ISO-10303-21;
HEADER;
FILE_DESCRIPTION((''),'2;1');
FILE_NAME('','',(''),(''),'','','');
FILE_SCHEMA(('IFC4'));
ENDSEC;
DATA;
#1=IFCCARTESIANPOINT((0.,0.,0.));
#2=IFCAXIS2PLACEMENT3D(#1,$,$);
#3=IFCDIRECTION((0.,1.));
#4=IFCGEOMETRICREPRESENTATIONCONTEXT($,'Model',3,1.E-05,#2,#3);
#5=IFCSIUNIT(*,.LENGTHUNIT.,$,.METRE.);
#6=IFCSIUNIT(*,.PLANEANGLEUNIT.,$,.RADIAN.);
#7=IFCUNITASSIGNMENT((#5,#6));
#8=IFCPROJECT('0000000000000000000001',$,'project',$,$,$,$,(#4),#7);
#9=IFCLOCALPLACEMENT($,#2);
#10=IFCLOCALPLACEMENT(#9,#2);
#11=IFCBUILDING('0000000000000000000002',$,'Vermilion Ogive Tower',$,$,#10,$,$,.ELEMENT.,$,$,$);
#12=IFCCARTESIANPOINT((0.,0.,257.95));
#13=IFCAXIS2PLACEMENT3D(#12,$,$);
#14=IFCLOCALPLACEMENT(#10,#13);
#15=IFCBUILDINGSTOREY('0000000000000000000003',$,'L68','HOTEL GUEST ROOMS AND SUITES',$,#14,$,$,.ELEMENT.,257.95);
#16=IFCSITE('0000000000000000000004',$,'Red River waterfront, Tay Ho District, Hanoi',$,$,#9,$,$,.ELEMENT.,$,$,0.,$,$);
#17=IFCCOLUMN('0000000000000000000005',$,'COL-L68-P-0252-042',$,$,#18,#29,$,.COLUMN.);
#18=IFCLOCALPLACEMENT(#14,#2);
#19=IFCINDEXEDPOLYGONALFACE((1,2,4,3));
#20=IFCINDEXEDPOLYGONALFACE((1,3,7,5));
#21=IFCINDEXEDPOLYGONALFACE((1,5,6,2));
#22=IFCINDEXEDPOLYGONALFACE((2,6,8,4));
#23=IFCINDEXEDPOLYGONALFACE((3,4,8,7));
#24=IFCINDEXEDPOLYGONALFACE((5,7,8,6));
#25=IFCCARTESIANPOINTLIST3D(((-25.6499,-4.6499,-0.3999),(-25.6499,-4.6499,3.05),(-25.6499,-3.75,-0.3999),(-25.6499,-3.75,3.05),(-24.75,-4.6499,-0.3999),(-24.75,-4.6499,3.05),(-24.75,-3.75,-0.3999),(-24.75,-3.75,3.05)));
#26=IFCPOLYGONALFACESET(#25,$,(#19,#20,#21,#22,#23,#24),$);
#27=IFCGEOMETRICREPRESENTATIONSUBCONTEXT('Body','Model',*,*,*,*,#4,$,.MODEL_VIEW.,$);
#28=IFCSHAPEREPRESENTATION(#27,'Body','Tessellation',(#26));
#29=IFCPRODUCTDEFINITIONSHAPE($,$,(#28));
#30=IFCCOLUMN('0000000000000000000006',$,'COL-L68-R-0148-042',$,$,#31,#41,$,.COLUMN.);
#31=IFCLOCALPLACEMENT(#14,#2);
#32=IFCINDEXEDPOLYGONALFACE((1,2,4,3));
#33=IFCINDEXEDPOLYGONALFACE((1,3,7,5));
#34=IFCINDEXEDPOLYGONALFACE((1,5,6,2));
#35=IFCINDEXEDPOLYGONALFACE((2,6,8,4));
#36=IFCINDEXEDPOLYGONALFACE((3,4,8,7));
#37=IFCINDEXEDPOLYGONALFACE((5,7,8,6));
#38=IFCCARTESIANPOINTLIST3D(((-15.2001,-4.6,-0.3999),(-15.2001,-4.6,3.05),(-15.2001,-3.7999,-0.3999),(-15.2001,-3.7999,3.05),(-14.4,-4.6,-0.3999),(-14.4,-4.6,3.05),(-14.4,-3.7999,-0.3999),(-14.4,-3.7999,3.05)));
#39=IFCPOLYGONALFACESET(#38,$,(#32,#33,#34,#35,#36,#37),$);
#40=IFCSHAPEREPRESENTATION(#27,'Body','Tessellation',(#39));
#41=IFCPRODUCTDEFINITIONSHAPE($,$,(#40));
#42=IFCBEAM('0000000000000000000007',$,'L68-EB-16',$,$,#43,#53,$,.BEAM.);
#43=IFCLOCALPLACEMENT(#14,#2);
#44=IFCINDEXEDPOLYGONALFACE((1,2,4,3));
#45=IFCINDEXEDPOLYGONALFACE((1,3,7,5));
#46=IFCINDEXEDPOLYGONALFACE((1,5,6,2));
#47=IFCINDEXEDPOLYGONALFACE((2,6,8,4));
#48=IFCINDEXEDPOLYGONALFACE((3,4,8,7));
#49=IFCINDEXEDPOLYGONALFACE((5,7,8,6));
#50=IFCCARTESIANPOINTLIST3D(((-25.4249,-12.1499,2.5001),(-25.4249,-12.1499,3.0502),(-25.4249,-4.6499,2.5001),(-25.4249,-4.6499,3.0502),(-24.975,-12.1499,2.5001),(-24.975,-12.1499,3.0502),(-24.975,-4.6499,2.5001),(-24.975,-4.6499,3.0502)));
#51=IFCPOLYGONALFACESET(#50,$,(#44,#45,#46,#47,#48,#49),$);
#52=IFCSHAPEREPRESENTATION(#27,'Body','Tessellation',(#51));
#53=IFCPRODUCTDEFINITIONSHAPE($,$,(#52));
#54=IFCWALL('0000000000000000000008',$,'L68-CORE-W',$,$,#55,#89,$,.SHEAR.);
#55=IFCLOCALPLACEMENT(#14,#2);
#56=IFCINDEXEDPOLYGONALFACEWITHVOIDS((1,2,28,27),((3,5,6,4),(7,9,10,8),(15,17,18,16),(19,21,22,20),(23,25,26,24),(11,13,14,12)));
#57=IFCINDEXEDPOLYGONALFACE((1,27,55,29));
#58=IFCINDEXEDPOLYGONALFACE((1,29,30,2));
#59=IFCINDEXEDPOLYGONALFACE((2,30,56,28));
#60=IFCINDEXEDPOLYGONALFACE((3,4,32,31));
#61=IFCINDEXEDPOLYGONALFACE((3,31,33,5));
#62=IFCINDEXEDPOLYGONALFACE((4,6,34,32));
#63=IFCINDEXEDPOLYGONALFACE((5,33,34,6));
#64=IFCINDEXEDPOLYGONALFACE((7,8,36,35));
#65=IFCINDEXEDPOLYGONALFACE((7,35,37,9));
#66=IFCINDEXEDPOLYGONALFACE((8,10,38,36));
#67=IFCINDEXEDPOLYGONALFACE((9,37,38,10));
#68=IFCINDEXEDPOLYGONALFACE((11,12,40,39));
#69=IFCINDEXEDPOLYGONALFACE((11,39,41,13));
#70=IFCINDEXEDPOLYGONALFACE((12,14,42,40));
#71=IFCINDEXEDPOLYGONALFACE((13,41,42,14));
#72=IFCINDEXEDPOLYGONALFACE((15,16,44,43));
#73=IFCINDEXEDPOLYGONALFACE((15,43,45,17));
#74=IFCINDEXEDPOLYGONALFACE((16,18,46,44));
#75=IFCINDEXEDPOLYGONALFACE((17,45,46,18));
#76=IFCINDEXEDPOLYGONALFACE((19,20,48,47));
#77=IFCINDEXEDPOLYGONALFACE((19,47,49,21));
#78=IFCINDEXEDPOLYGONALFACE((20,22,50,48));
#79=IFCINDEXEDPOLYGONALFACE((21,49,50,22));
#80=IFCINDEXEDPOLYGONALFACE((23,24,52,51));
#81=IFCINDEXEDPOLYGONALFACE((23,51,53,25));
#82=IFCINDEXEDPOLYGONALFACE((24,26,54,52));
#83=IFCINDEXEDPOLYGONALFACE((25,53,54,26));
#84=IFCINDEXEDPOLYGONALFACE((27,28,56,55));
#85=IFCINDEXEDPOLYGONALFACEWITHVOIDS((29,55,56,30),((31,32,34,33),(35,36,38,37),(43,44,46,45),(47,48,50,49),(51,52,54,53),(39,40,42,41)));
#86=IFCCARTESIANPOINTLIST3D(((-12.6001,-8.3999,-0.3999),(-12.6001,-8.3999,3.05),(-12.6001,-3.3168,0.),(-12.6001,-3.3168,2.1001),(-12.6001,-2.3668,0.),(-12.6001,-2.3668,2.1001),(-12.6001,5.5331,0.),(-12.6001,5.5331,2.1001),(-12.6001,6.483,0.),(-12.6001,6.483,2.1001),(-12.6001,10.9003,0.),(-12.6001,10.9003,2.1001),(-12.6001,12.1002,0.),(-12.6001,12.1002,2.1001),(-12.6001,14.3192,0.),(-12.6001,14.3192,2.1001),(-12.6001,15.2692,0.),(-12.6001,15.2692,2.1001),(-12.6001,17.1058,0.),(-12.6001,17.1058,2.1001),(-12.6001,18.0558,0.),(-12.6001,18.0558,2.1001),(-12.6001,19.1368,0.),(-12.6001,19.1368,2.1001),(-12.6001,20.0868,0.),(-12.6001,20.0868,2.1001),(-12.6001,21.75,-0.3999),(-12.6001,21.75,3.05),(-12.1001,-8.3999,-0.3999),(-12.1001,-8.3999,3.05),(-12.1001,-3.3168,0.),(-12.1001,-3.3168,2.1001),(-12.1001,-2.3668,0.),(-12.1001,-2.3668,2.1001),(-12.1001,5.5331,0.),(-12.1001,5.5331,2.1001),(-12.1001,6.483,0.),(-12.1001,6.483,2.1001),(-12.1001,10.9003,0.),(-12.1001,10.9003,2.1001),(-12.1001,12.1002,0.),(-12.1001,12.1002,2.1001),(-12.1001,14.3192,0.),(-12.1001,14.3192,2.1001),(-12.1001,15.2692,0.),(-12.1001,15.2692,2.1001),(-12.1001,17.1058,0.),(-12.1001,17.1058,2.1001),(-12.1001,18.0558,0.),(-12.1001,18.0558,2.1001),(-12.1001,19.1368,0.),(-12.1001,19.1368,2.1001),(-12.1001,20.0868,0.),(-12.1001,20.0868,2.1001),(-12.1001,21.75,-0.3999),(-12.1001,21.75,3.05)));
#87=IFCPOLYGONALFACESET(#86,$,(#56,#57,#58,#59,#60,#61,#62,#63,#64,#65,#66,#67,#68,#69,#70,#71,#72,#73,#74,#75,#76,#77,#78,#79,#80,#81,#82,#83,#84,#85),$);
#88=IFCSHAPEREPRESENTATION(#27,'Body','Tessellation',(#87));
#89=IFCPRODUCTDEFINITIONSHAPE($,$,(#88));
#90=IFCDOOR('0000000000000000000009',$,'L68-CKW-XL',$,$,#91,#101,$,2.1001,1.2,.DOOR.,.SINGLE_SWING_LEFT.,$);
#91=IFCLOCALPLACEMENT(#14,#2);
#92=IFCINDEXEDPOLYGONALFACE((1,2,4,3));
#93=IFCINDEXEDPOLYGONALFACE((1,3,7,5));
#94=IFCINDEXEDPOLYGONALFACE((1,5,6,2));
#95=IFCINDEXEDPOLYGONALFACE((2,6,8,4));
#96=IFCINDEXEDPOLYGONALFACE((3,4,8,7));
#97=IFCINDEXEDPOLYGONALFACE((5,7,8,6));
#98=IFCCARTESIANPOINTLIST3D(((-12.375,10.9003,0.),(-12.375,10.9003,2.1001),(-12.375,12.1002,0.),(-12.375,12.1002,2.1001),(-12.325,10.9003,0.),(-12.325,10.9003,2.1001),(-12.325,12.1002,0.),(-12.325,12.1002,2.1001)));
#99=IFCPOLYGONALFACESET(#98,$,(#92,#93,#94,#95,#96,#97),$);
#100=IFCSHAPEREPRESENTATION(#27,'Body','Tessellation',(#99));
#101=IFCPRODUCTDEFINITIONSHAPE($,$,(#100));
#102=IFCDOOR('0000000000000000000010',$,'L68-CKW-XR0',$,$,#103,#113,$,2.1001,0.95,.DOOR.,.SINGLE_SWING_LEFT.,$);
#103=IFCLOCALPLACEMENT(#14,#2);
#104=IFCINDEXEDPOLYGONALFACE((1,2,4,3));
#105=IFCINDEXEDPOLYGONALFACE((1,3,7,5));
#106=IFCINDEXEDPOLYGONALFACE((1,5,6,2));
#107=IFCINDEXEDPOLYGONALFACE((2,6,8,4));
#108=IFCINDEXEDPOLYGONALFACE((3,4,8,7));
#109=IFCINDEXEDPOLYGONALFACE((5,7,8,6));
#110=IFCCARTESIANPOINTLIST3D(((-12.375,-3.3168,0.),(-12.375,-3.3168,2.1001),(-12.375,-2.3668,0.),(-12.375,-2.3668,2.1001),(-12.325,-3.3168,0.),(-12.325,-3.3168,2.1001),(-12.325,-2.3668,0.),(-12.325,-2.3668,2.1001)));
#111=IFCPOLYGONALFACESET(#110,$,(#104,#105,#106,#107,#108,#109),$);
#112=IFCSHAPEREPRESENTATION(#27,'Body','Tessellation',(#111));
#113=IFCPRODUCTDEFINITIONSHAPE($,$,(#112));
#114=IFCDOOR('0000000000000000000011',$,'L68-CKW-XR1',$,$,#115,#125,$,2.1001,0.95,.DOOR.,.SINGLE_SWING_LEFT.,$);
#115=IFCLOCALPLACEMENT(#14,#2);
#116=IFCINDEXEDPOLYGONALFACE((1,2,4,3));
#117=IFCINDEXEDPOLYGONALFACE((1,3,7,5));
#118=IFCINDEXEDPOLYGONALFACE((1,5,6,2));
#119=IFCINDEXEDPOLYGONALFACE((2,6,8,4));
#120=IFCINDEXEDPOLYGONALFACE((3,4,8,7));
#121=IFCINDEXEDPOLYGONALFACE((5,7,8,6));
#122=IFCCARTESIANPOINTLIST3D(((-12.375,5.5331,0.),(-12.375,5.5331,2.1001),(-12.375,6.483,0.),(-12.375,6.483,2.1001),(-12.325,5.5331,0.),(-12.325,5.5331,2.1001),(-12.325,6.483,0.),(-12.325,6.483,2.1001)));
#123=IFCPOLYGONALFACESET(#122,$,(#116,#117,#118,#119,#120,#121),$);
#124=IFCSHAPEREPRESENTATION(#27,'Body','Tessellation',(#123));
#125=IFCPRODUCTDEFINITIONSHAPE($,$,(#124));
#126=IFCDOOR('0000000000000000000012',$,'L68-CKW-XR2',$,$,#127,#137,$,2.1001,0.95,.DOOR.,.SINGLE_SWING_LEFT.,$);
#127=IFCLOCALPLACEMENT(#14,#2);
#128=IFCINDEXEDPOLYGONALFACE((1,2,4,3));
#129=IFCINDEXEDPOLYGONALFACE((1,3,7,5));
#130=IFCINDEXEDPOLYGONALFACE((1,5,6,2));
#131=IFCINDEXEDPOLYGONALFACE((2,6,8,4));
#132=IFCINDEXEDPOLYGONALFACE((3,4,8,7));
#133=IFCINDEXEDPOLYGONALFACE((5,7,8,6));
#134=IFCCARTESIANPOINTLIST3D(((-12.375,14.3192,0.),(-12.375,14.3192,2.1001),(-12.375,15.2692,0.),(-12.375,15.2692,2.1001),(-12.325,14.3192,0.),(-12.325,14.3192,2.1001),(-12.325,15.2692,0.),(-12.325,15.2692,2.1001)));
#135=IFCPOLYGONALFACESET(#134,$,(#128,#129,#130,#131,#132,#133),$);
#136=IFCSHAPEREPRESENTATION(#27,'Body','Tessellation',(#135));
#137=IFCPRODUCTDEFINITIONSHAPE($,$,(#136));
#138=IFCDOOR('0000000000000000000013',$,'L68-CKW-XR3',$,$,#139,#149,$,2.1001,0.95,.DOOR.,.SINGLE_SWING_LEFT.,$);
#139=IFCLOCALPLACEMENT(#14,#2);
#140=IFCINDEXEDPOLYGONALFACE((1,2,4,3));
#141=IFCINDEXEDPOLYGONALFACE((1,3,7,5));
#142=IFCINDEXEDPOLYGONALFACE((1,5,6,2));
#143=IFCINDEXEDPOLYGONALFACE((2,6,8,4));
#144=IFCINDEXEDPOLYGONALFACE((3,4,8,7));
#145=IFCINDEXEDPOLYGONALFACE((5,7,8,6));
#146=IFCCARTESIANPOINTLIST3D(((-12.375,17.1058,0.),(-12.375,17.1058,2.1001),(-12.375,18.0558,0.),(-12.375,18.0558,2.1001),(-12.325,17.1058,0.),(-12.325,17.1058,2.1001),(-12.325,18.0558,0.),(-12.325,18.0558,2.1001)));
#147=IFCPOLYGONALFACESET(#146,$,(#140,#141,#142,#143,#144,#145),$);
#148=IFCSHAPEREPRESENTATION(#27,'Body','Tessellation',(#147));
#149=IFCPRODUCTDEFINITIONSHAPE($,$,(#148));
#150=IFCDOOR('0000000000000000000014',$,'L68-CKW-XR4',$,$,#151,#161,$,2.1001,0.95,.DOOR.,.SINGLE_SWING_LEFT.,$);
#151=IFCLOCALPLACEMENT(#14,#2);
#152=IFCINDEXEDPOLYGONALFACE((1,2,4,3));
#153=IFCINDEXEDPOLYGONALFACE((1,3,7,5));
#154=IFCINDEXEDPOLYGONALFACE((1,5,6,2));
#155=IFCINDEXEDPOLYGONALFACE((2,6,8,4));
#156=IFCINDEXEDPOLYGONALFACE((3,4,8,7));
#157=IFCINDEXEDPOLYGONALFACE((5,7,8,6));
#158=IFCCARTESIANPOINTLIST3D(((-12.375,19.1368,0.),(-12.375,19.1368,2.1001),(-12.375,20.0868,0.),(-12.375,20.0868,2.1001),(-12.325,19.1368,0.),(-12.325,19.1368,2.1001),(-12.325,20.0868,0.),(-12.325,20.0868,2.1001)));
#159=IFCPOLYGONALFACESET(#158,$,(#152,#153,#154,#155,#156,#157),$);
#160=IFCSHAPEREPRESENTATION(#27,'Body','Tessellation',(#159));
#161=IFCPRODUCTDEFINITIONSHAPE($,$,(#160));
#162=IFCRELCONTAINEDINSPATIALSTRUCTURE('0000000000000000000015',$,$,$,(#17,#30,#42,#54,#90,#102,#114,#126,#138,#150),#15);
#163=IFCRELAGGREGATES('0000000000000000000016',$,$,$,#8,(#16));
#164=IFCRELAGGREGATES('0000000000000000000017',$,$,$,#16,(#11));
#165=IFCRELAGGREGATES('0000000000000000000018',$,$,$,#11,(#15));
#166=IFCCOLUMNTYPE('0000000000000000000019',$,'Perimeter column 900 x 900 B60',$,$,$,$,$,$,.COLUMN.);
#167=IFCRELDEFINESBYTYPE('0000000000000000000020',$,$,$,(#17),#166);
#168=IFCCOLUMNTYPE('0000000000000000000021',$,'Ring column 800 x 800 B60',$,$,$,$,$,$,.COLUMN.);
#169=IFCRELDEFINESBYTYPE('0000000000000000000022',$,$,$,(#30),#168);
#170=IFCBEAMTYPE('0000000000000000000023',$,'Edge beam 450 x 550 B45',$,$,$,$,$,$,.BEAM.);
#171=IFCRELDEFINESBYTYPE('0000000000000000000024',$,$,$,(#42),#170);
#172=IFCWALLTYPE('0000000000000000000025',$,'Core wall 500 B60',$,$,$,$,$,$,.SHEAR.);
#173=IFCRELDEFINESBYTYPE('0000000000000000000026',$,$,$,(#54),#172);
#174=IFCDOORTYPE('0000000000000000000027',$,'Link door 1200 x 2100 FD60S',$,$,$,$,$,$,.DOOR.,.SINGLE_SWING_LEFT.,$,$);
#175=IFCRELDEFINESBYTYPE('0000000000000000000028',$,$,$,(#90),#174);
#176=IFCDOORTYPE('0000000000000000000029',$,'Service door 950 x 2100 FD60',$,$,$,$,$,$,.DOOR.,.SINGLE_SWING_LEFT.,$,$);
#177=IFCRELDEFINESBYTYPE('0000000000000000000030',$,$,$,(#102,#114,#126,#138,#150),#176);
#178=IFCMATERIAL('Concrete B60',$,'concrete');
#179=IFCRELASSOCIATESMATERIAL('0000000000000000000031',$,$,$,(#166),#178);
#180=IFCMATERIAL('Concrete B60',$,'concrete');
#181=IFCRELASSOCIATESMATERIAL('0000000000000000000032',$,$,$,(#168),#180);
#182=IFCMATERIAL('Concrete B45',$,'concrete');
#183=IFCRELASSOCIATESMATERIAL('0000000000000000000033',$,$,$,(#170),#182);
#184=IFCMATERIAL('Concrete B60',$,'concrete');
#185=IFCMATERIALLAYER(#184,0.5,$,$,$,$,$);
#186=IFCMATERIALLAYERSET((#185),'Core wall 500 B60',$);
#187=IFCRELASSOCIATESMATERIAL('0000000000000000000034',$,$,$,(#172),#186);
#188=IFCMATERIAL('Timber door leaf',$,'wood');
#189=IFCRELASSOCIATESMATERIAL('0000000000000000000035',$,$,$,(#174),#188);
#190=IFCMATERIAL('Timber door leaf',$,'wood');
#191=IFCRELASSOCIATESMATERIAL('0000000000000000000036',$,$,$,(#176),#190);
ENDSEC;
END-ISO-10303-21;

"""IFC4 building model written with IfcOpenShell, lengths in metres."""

from ifc_helpers import new_model, si_unit, direction, frame, frame_2d, origin, origin_2d, place, context, subcontext, project, spatial, rectangle, extrude, material, layer, layer_set, material_profile, profile_set, type_object, element, fill, save


model = new_model("IFC4")

# Units and contexts
model_context = context("Model", 3, precision=1e-05, world=origin(), true_north=direction((0.0, 1.0)))
body_context = subcontext(model_context, "Body", "Model", "MODEL_VIEW")
ifc_project = project(units=[si_unit("LENGTHUNIT", "METRE"), si_unit("PLANEANGLEUNIT", "RADIAN")], contexts=[model_context])

# Site, building, storey
site_placement = place(None, origin())
site = spatial("IfcSite", under=ifc_project, at=site_placement, Name="Red River waterfront, Tay Ho District, Hanoi", CompositionType="ELEMENT", RefElevation=0.0)
building_placement = place(site_placement, origin())
building = spatial("IfcBuilding", under=site, at=building_placement, Name="Vermilion Ogive Tower", CompositionType="ELEMENT")
storey_placement = place(building_placement, frame((0.0, 0.0, 257.95)))
storey = spatial("IfcBuildingStorey", under=building, at=storey_placement, Name="L68", Description="HOTEL GUEST ROOMS AND SUITES", CompositionType="ELEMENT", Elevation=257.95)

# Columns
ifc_material_1 = material(Name="Concrete B60", Category="concrete")
ifc_material_profile_1 = material_profile(ifc_material_1, rectangle(XDim=0.8999, YDim=0.8999, at=origin_2d()), Name="900 x 900")
ifc_profile_set_1 = profile_set([ifc_material_profile_1], Name="Concrete B60")
column_type_1 = type_object("IfcColumnType", Name="Perimeter column 900 x 900 B60", PredefinedType="COLUMN", material=ifc_profile_set_1)
column_1_placement = place(storey_placement, frame((-25.2, -4.2, -0.3999), z_axis=(0.0, 0.0, 1.0), x_axis=(1.0, 0.0, 0.0)))
element("IfcColumn", 1, at=column_1_placement, inside=storey, type_object=column_type_1, Name="COL-L68-P-0252-042", PredefinedType="COLUMN", context=body_context, shape_type="SweptSolid", body=[
    extrude(rectangle(XDim=0.8999, YDim=0.8999, at=origin_2d()), origin(), (0.0, 0.0, 1.0), 3.45),
])
ifc_material_2 = material(Name="Concrete B60", Category="concrete")
ifc_material_profile_2 = material_profile(ifc_material_2, rectangle(XDim=0.8, YDim=0.8, at=origin_2d()), Name="800 x 800")
ifc_profile_set_2 = profile_set([ifc_material_profile_2], Name="Concrete B60")
column_type_2 = type_object("IfcColumnType", Name="Ring column 800 x 800 B60", PredefinedType="COLUMN", material=ifc_profile_set_2)
column_2_placement = place(storey_placement, frame((-14.8, -4.2, -0.3999), z_axis=(0.0, 0.0, 1.0), x_axis=(1.0, 0.0, 0.0)))
element("IfcColumn", 2, at=column_2_placement, inside=storey, type_object=column_type_2, Name="COL-L68-R-0148-042", PredefinedType="COLUMN", context=body_context, shape_type="SweptSolid", body=[
    extrude(rectangle(XDim=0.8, YDim=0.8, at=origin_2d()), origin(), (0.0, 0.0, 1.0), 3.45),
])

# Beam
ifc_material_3 = material(Name="Concrete B45", Category="concrete")
ifc_material_profile_3 = material_profile(ifc_material_3, rectangle(XDim=0.45, YDim=0.55, at=origin_2d()), Name="450 x 550")
ifc_profile_set_3 = profile_set([ifc_material_profile_3], Name="Concrete B45")
beam_type = type_object("IfcBeamType", Name="Edge beam 450 x 550 B45", PredefinedType="BEAM", material=ifc_profile_set_3)
beam_placement = place(storey_placement, frame((-25.2, -4.6499, 2.7751), z_axis=(0.0, -1.0, 0.0), x_axis=(1.0, 0.0, 0.0)))
element("IfcBeam", 3, at=beam_placement, inside=storey, type_object=beam_type, Name="L68-EB-16", PredefinedType="BEAM", context=body_context, shape_type="SweptSolid", body=[
    extrude(rectangle(XDim=0.45, YDim=0.55, at=origin_2d()), origin(), (0.0, 0.0, 1.0), 7.5),
])

# Wall, openings, doors
ifc_material_4 = material(Name="Concrete B60", Category="concrete")
ifc_layer_1 = layer(ifc_material_4, 0.5)
ifc_layer_set_1 = layer_set([ifc_layer_1], Name="Core wall 500 B60")
wall_type_1 = type_object("IfcWallType", Name="Core wall 500 B60", PredefinedType="SHEAR", material=ifc_layer_set_1)
wall_1_placement = place(storey_placement, frame((-12.3501, -8.3999, -0.3999), z_axis=(0.0, 0.0, 1.0), x_axis=(0.0, 1.0, 0.0)))
wall_1 = element("IfcWall", 4, at=wall_1_placement, inside=storey, type_object=wall_type_1, Name="L68-CORE-W", PredefinedType="SHEAR", context=body_context, shape_type="SweptSolid", body=[
    extrude(rectangle(XDim=30.1499, YDim=0.5, at=frame_2d((15.075, 0.0))), origin(), (0.0, 0.0, 1.0), 3.45),
])
opening_1_placement = place(wall_1_placement, frame((5.083, 0.0, 0.3999)))
opening_1 = element("IfcOpeningElement", 5, at=opening_1_placement, cuts=wall_1, PredefinedType="OPENING", context=body_context, shape_type="SweptSolid", body=[
    extrude(rectangle(XDim=0.95, YDim=2.1001, at=frame_2d((0.4751, 1.05))), frame((0.0, 0.26, 0.0), z_axis=(0.0, -1.0, 0.0), x_axis=(1.0, 0.0, 0.0)), (0.0, 0.0, 1.0), 0.52),
])
opening_2_placement = place(wall_1_placement, frame((13.9329, 0.0, 0.3999)))
opening_2 = element("IfcOpeningElement", 6, at=opening_2_placement, cuts=wall_1, PredefinedType="OPENING", context=body_context, shape_type="SweptSolid", body=[
    extrude(rectangle(XDim=0.95, YDim=2.1001, at=frame_2d((0.4751, 1.05))), frame((0.0, 0.26, 0.0), z_axis=(0.0, -1.0, 0.0), x_axis=(1.0, 0.0, 0.0)), (0.0, 0.0, 1.0), 0.52),
])
opening_3_placement = place(wall_1_placement, frame((22.719, 0.0, 0.3999)))
opening_3 = element("IfcOpeningElement", 7, at=opening_3_placement, cuts=wall_1, PredefinedType="OPENING", context=body_context, shape_type="SweptSolid", body=[
    extrude(rectangle(XDim=0.95, YDim=2.1001, at=frame_2d((0.4751, 1.05))), frame((0.0, 0.26, 0.0), z_axis=(0.0, -1.0, 0.0), x_axis=(1.0, 0.0, 0.0)), (0.0, 0.0, 1.0), 0.52),
])
opening_4_placement = place(wall_1_placement, frame((25.5056, 0.0, 0.3999)))
opening_4 = element("IfcOpeningElement", 8, at=opening_4_placement, cuts=wall_1, PredefinedType="OPENING", context=body_context, shape_type="SweptSolid", body=[
    extrude(rectangle(XDim=0.95, YDim=2.1001, at=frame_2d((0.4751, 1.05))), frame((0.0, 0.26, 0.0), z_axis=(0.0, -1.0, 0.0), x_axis=(1.0, 0.0, 0.0)), (0.0, 0.0, 1.0), 0.52),
])
opening_5_placement = place(wall_1_placement, frame((27.5366, 0.0, 0.3999)))
opening_5 = element("IfcOpeningElement", 9, at=opening_5_placement, cuts=wall_1, PredefinedType="OPENING", context=body_context, shape_type="SweptSolid", body=[
    extrude(rectangle(XDim=0.95, YDim=2.1001, at=frame_2d((0.4751, 1.05))), frame((0.0, 0.26, 0.0), z_axis=(0.0, -1.0, 0.0), x_axis=(1.0, 0.0, 0.0)), (0.0, 0.0, 1.0), 0.52),
])
opening_6_placement = place(wall_1_placement, frame((19.3, 0.0, 0.3999)))
opening_6 = element("IfcOpeningElement", 10, at=opening_6_placement, cuts=wall_1, PredefinedType="OPENING", context=body_context, shape_type="SweptSolid", body=[
    extrude(rectangle(XDim=1.2, YDim=2.1001, at=frame_2d((0.6001, 1.05))), frame((0.0, 0.26, 0.0), z_axis=(0.0, -1.0, 0.0), x_axis=(1.0, 0.0, 0.0)), (0.0, 0.0, 1.0), 0.52),
])
ifc_material_5 = material(Name="Timber door leaf", Category="wood")
door_type_1 = type_object("IfcDoorType", Name="Link door 1200 x 2100 FD60S", OperationType="SINGLE_SWING_LEFT", PredefinedType="DOOR", material=ifc_material_5)
door_1_placement = place(opening_6_placement, origin())
door_1 = element("IfcDoor", 11, at=door_1_placement, inside=storey, type_object=door_type_1, Name="L68-CKW-XL", OperationType="SINGLE_SWING_LEFT", OverallHeight=2.1001, OverallWidth=1.2, PredefinedType="DOOR", context=body_context, shape_type="SweptSolid", body=[
    extrude(rectangle(XDim=1.2, YDim=2.1001, at=frame_2d((0.6001, 1.05))), frame((0.0, 0.0249, 0.0), z_axis=(0.0, -1.0, 0.0), x_axis=(1.0, 0.0, 0.0)), (0.0, 0.0, 1.0), 0.05),
])
fill(opening_6, door_1)
ifc_material_6 = material(Name="Timber door leaf", Category="wood")
door_type_2 = type_object("IfcDoorType", Name="Service door 950 x 2100 FD60", OperationType="SINGLE_SWING_LEFT", PredefinedType="DOOR", material=ifc_material_6)
door_2_placement = place(opening_1_placement, origin())
door_2 = element("IfcDoor", 12, at=door_2_placement, inside=storey, type_object=door_type_2, Name="L68-CKW-XR0", OperationType="SINGLE_SWING_LEFT", OverallHeight=2.1001, OverallWidth=0.95, PredefinedType="DOOR", context=body_context, shape_type="SweptSolid", body=[
    extrude(rectangle(XDim=0.95, YDim=2.1001, at=frame_2d((0.4751, 1.05))), frame((0.0, 0.0249, 0.0), z_axis=(0.0, -1.0, 0.0), x_axis=(1.0, 0.0, 0.0)), (0.0, 0.0, 1.0), 0.05),
])
fill(opening_1, door_2)
door_3_placement = place(opening_2_placement, origin())
door_3 = element("IfcDoor", 13, at=door_3_placement, inside=storey, type_object=door_type_2, Name="L68-CKW-XR1", OperationType="SINGLE_SWING_LEFT", OverallHeight=2.1001, OverallWidth=0.95, PredefinedType="DOOR", context=body_context, shape_type="SweptSolid", body=[
    extrude(rectangle(XDim=0.95, YDim=2.1001, at=frame_2d((0.4751, 1.05))), frame((0.0, 0.0249, 0.0), z_axis=(0.0, -1.0, 0.0), x_axis=(1.0, 0.0, 0.0)), (0.0, 0.0, 1.0), 0.05),
])
fill(opening_2, door_3)
door_4_placement = place(opening_3_placement, origin())
door_4 = element("IfcDoor", 14, at=door_4_placement, inside=storey, type_object=door_type_2, Name="L68-CKW-XR2", OperationType="SINGLE_SWING_LEFT", OverallHeight=2.1001, OverallWidth=0.95, PredefinedType="DOOR", context=body_context, shape_type="SweptSolid", body=[
    extrude(rectangle(XDim=0.95, YDim=2.1001, at=frame_2d((0.4751, 1.05))), frame((0.0, 0.0249, 0.0), z_axis=(0.0, -1.0, 0.0), x_axis=(1.0, 0.0, 0.0)), (0.0, 0.0, 1.0), 0.05),
])
fill(opening_3, door_4)
door_5_placement = place(opening_4_placement, origin())
door_5 = element("IfcDoor", 15, at=door_5_placement, inside=storey, type_object=door_type_2, Name="L68-CKW-XR3", OperationType="SINGLE_SWING_LEFT", OverallHeight=2.1001, OverallWidth=0.95, PredefinedType="DOOR", context=body_context, shape_type="SweptSolid", body=[
    extrude(rectangle(XDim=0.95, YDim=2.1001, at=frame_2d((0.4751, 1.05))), frame((0.0, 0.0249, 0.0), z_axis=(0.0, -1.0, 0.0), x_axis=(1.0, 0.0, 0.0)), (0.0, 0.0, 1.0), 0.05),
])
fill(opening_4, door_5)
door_6_placement = place(opening_5_placement, origin())
door_6 = element("IfcDoor", 16, at=door_6_placement, inside=storey, type_object=door_type_2, Name="L68-CKW-XR4", OperationType="SINGLE_SWING_LEFT", OverallHeight=2.1001, OverallWidth=0.95, PredefinedType="DOOR", context=body_context, shape_type="SweptSolid", body=[
    extrude(rectangle(XDim=0.95, YDim=2.1001, at=frame_2d((0.4751, 1.05))), frame((0.0, 0.0249, 0.0), z_axis=(0.0, -1.0, 0.0), x_axis=(1.0, 0.0, 0.0)), (0.0, 0.0, 1.0), 0.05),
])
fill(opening_5, door_6)

save(model, "model.ifc")
